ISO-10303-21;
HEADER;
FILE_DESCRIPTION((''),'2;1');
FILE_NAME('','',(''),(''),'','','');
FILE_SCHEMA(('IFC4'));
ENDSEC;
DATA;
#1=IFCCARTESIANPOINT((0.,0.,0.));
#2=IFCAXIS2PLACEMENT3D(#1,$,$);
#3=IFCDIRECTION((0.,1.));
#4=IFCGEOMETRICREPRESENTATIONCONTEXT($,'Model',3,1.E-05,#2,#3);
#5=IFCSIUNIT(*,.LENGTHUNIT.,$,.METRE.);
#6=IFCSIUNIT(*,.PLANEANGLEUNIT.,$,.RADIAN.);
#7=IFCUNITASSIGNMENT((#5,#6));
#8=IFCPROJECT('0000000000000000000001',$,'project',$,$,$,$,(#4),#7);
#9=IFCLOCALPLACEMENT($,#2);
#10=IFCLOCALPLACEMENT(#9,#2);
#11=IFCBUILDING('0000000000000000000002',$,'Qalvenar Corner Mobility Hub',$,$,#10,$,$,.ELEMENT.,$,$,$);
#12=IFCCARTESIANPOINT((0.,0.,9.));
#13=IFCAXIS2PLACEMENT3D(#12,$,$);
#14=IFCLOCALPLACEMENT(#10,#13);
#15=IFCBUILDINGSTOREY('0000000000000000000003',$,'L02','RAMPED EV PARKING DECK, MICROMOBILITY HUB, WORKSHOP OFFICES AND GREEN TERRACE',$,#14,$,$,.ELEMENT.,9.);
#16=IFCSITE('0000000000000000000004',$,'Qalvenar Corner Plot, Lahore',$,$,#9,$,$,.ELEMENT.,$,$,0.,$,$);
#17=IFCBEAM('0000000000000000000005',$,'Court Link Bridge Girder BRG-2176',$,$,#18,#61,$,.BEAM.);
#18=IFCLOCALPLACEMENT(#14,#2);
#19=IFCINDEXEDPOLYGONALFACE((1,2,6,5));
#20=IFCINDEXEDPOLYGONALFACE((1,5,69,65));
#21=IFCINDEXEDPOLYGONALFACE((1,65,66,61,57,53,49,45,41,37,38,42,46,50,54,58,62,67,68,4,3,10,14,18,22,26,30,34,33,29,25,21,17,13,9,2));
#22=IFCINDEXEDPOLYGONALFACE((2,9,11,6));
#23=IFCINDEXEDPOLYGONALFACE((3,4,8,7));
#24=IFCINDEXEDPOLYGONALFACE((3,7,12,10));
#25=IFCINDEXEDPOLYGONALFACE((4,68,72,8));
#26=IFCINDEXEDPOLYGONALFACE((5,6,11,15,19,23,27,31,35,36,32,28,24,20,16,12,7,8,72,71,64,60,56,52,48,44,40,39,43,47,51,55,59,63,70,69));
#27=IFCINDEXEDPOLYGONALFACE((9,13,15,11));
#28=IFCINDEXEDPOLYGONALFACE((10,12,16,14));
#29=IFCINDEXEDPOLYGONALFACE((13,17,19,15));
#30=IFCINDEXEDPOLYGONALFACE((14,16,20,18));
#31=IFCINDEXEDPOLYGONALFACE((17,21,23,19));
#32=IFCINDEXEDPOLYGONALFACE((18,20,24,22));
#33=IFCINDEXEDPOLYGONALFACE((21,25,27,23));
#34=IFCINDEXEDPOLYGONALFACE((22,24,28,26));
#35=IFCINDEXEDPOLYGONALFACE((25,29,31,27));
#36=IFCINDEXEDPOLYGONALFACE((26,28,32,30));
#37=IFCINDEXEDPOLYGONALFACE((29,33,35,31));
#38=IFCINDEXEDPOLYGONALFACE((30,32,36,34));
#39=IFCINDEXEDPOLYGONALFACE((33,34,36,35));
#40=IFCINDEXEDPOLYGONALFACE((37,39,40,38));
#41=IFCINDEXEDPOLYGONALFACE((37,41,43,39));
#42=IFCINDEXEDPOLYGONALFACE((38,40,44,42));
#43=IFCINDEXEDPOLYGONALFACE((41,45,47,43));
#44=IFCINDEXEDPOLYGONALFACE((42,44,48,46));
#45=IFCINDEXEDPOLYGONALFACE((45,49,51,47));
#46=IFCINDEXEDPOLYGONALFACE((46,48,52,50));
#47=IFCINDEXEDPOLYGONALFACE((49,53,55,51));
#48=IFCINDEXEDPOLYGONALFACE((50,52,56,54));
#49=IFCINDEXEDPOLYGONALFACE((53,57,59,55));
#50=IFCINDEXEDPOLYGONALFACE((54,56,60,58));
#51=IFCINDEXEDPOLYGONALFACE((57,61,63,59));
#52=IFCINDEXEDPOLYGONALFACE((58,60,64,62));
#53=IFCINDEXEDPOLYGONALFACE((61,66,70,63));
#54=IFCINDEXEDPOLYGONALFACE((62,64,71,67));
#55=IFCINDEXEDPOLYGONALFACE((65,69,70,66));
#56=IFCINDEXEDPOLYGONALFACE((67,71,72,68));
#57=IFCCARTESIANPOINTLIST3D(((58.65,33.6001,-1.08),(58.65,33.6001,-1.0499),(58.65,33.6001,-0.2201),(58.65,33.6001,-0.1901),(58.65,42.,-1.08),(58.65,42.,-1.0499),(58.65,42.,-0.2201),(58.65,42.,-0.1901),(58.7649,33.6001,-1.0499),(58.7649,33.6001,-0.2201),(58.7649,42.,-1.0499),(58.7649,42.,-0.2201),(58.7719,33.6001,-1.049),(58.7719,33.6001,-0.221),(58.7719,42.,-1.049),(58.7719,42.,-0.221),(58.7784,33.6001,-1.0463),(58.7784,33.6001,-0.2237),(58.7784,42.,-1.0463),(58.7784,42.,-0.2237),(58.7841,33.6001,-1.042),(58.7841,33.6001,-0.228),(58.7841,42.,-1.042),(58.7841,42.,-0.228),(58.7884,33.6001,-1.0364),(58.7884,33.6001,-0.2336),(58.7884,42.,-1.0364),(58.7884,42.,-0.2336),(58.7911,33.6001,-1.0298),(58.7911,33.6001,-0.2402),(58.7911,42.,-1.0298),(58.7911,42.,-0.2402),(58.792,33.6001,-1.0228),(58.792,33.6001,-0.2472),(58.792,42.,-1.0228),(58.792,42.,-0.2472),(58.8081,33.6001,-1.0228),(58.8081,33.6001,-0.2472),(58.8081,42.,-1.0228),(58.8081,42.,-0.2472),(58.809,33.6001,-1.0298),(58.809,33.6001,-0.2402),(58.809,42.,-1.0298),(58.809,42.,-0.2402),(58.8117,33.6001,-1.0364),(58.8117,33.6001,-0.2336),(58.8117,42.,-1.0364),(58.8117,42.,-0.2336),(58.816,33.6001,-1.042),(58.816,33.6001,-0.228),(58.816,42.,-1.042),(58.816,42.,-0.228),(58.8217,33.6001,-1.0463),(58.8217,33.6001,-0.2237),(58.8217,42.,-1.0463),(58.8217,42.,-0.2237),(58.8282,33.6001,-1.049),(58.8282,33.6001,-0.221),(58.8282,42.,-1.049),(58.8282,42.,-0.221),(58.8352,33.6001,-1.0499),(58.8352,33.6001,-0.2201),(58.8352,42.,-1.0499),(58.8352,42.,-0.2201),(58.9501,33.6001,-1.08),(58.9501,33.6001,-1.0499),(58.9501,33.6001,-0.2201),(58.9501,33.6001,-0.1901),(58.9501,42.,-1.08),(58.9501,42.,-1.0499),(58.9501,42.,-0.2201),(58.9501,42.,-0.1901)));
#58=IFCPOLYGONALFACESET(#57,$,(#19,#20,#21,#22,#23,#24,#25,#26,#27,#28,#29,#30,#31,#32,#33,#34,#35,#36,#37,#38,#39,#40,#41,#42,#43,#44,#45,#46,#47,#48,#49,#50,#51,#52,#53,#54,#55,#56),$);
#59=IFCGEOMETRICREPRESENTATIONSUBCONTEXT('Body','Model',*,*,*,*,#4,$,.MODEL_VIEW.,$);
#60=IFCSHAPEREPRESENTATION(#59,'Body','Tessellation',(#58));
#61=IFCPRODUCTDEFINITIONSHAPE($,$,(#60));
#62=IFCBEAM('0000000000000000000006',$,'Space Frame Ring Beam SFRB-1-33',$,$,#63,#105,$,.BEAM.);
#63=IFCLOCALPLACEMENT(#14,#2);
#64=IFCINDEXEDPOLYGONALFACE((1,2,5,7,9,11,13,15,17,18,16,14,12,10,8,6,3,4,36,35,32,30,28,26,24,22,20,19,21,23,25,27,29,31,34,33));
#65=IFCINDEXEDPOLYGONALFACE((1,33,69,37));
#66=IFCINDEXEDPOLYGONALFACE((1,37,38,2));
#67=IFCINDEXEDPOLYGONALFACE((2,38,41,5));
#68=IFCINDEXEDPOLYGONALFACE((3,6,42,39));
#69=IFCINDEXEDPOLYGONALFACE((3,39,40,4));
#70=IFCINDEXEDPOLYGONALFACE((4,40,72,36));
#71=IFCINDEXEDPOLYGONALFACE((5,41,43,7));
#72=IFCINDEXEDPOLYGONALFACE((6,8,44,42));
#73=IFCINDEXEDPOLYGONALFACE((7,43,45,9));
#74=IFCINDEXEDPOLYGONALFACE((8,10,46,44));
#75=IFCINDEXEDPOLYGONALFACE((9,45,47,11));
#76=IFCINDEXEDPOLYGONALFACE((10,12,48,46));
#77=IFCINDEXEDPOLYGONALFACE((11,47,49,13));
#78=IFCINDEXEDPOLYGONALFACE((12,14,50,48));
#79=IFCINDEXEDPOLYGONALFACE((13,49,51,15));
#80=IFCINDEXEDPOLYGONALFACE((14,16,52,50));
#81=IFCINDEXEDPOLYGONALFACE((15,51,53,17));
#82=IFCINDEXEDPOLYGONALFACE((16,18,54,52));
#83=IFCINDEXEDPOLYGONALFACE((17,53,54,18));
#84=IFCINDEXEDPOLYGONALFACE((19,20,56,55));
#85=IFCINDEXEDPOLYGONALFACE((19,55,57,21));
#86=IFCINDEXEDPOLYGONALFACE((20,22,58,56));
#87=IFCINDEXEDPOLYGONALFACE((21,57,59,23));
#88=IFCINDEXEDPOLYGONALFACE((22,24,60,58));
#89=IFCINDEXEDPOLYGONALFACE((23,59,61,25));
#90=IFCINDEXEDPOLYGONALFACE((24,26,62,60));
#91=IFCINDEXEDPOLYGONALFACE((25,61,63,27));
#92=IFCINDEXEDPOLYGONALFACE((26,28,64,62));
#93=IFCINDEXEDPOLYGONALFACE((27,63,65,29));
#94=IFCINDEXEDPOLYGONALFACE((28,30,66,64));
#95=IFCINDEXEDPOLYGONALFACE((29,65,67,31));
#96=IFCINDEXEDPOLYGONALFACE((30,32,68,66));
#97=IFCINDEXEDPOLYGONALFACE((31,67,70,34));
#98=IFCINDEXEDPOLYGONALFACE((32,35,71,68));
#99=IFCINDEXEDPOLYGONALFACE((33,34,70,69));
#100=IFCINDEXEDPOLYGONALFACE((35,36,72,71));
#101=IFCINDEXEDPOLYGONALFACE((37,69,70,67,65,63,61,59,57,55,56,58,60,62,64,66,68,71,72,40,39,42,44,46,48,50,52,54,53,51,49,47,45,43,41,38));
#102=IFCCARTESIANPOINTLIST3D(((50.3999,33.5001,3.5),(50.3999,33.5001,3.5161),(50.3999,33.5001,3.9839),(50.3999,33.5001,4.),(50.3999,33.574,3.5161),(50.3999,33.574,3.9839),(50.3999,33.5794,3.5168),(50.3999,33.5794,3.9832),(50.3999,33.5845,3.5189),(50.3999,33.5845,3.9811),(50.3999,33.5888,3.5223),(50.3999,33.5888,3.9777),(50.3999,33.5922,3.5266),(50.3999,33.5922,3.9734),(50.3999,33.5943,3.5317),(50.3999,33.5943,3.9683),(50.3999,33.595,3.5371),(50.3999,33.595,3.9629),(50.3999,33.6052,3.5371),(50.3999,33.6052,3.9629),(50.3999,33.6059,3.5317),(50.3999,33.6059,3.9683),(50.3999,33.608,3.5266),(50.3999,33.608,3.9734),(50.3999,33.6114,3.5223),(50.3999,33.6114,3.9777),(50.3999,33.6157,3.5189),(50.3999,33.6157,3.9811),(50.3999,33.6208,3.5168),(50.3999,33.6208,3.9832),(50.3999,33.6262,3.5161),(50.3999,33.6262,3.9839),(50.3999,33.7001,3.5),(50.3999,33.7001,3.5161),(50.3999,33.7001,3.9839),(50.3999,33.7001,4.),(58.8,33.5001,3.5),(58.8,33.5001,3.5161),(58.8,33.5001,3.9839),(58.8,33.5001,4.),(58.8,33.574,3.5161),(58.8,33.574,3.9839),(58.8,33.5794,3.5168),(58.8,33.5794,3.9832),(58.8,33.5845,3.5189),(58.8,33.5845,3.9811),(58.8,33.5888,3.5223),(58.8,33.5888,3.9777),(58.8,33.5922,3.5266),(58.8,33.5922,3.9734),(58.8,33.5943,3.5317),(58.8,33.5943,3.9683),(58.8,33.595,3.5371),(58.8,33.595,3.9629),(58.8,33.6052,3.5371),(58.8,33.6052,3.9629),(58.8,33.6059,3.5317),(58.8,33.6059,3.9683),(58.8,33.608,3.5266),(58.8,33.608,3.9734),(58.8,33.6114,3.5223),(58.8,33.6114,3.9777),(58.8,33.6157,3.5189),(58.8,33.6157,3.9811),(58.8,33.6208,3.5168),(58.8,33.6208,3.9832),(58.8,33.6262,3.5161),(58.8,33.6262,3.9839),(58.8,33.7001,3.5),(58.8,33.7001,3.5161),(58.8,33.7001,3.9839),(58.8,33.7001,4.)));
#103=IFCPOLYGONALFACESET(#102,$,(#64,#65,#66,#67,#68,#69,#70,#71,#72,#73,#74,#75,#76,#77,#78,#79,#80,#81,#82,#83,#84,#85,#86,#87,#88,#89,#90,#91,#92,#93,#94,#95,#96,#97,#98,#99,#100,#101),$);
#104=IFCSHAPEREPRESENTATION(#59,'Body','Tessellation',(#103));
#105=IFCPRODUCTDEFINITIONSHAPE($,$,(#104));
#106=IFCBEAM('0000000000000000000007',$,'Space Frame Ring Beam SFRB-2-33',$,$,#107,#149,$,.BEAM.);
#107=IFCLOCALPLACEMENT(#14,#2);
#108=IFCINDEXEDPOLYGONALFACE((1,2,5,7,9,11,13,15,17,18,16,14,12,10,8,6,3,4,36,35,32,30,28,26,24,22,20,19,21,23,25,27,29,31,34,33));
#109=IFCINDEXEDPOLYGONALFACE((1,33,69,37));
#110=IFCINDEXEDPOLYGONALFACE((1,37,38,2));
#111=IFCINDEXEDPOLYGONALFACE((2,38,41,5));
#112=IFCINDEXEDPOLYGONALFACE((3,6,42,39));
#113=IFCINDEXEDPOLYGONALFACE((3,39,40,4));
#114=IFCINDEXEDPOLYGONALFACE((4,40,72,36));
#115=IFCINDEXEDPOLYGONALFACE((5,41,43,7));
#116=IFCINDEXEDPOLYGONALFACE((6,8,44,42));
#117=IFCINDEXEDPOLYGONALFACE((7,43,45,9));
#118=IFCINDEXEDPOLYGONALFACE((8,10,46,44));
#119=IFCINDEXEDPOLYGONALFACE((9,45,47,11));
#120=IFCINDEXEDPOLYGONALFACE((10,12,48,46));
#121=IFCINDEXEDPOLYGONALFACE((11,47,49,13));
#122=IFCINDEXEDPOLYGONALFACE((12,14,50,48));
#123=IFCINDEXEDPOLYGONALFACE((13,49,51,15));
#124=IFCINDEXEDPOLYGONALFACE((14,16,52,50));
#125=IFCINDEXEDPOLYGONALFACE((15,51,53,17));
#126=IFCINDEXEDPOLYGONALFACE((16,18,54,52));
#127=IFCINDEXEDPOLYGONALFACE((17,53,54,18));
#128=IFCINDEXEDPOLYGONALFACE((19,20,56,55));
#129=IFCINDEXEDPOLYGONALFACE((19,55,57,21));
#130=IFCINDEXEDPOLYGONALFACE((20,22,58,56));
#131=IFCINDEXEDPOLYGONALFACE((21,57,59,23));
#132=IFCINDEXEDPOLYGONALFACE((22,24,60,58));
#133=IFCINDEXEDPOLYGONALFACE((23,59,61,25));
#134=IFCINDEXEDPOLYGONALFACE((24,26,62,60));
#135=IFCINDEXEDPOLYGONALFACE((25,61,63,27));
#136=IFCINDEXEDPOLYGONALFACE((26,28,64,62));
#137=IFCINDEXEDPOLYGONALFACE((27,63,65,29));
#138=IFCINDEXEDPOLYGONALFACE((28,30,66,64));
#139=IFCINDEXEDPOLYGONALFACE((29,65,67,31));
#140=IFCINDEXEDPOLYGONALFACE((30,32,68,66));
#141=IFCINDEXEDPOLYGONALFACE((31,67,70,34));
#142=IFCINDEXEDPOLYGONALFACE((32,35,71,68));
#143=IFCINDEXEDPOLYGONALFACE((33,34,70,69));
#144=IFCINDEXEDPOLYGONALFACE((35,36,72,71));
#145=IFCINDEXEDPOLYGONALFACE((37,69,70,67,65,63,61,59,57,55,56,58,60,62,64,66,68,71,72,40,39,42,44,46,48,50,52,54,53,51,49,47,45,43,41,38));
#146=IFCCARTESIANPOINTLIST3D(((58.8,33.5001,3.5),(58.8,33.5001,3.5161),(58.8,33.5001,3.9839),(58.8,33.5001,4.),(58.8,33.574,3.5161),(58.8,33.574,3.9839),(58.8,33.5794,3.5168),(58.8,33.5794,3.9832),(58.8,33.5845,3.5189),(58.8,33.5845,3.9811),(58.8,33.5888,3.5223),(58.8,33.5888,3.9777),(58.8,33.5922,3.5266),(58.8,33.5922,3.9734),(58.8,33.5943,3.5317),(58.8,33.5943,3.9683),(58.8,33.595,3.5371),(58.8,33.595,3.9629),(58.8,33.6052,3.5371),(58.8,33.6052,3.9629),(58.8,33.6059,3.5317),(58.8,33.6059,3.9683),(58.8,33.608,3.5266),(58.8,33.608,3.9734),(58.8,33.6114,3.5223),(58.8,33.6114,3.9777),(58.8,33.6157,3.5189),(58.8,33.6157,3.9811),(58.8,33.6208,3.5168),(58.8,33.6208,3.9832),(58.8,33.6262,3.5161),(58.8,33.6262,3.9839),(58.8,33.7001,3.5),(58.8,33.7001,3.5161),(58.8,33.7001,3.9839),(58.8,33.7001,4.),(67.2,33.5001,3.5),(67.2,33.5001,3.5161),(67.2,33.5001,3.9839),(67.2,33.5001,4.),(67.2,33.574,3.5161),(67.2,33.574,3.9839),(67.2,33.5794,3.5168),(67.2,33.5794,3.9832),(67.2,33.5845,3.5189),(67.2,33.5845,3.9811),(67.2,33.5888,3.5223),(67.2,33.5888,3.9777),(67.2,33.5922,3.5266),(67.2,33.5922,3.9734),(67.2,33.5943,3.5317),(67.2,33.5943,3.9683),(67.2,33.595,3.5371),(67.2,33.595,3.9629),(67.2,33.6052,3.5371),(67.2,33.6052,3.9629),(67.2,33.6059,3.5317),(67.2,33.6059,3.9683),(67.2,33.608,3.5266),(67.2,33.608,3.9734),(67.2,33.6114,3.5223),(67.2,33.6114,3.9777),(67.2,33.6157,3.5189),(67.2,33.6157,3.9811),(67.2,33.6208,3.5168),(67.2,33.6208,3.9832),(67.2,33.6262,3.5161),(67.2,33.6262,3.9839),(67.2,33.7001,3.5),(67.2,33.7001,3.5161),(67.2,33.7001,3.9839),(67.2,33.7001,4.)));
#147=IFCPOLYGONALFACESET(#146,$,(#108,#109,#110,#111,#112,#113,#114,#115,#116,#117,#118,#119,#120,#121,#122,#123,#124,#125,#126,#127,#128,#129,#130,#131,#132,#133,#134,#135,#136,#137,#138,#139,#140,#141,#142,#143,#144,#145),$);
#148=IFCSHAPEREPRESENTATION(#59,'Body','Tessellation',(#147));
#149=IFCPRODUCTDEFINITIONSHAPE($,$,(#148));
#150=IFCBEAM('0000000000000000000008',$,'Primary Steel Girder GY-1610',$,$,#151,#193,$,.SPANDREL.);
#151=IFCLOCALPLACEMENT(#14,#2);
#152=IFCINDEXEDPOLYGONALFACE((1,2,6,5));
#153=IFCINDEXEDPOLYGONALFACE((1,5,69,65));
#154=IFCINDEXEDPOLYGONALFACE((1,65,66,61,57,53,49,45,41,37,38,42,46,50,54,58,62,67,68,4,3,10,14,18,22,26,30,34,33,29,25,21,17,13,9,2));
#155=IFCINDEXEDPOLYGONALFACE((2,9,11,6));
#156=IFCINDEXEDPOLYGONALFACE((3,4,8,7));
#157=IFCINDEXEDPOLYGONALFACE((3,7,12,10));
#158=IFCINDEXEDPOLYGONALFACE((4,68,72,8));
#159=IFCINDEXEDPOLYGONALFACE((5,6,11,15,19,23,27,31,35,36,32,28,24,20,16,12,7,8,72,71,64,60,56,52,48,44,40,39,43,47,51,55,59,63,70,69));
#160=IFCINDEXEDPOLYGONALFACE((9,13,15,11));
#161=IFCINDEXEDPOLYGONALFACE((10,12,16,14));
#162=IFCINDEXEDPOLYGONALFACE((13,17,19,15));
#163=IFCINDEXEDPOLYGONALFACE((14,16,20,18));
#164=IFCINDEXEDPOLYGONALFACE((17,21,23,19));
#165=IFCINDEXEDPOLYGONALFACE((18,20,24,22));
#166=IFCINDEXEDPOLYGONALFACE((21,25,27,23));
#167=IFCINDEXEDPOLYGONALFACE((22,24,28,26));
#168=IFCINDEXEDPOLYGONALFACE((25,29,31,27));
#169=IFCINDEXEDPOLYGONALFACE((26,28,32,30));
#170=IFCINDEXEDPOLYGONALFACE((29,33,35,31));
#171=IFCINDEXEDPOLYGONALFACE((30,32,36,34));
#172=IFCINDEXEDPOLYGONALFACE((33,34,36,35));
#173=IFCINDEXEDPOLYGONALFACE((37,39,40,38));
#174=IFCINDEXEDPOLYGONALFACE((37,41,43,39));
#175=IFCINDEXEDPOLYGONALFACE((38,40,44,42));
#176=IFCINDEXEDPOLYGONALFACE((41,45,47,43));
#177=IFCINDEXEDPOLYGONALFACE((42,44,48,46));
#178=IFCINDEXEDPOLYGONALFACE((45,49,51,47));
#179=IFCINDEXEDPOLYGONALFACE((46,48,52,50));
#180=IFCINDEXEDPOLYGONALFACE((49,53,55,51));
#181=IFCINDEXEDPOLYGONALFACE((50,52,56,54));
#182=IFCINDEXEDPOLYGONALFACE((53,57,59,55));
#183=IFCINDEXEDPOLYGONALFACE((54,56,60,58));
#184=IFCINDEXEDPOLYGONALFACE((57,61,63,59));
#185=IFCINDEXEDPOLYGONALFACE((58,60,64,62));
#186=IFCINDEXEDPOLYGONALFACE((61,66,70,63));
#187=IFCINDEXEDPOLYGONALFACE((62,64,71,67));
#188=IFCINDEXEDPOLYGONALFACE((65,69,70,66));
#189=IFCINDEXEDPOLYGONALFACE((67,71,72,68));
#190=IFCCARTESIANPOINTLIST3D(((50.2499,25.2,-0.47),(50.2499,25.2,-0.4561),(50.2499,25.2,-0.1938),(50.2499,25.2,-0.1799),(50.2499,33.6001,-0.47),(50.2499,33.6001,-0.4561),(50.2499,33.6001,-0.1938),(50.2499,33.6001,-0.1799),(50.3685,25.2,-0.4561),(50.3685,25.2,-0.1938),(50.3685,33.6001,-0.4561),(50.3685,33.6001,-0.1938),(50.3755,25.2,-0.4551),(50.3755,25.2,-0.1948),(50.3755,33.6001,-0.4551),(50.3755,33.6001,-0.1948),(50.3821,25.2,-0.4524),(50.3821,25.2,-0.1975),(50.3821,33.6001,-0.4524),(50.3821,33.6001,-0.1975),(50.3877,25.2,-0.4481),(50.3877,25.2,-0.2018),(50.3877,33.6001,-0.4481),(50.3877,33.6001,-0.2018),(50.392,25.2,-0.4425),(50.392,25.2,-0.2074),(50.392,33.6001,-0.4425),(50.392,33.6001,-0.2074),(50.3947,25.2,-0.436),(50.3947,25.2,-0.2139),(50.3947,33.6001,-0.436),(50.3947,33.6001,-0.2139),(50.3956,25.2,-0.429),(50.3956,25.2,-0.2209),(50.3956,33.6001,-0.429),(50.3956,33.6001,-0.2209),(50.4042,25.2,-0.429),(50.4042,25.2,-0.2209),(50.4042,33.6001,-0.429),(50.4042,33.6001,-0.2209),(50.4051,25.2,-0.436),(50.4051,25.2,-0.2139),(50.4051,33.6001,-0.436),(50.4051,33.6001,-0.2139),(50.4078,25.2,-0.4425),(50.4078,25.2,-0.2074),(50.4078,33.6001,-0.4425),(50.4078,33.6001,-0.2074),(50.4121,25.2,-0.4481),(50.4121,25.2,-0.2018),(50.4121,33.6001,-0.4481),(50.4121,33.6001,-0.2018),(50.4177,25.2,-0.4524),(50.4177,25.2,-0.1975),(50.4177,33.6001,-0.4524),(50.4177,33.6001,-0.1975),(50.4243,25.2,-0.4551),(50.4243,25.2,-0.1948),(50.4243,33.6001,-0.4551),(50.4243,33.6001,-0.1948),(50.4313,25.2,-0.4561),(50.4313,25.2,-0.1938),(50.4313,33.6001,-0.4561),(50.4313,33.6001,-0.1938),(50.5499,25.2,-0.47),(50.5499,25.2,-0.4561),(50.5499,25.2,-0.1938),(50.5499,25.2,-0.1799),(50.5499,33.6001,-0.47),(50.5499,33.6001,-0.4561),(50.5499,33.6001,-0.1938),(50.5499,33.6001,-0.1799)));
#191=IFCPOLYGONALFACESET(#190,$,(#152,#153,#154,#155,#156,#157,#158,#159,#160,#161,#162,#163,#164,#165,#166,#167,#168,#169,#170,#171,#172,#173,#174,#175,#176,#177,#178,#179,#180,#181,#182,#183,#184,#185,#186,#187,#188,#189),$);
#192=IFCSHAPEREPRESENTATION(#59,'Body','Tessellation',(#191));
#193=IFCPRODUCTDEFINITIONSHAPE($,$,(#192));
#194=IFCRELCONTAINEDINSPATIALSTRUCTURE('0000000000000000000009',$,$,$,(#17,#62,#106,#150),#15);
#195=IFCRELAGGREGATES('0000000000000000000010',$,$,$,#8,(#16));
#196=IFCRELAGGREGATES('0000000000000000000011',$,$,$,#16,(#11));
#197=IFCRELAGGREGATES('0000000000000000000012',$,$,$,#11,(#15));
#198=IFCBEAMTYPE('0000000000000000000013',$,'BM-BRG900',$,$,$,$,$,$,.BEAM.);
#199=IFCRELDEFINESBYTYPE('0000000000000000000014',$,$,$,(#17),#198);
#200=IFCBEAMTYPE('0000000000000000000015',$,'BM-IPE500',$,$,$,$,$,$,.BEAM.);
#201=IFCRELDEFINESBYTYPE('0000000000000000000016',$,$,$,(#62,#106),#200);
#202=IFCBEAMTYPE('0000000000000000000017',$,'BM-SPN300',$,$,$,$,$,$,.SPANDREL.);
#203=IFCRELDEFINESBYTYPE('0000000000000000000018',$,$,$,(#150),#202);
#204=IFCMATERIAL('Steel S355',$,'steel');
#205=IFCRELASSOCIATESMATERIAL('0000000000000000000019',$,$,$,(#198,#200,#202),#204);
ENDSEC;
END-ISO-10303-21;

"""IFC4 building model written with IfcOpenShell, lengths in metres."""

from ifc_helpers import new_model, si_unit, direction, frame, origin, origin_2d, place, context, subcontext, project, spatial, i_section, extrude, material, material_profile, profile_set, type_object, element, save


model = new_model("IFC4")

# Units and contexts
model_context = context("Model", 3, precision=1e-05, world=origin(), true_north=direction((0.0, 1.0)))
body_context = subcontext(model_context, "Body", "Model", "MODEL_VIEW")
ifc_project = project(units=[si_unit("LENGTHUNIT", "METRE"), si_unit("PLANEANGLEUNIT", "RADIAN")], contexts=[model_context])

# Site, building, storey
site_placement = place(None, origin())
site = spatial("IfcSite", under=ifc_project, at=site_placement, Name="Qalvenar Corner Plot, Lahore", CompositionType="ELEMENT", RefElevation=0.0)
building_placement = place(site_placement, origin())
building = spatial("IfcBuilding", under=site, at=building_placement, Name="Qalvenar Corner Mobility Hub", CompositionType="ELEMENT")
storey_placement = place(building_placement, frame((0.0, 0.0, 9.0)))
storey = spatial("IfcBuildingStorey", under=building, at=storey_placement, Name="L02", Description="RAMPED EV PARKING DECK, MICROMOBILITY HUB, WORKSHOP OFFICES AND GREEN TERRACE", CompositionType="ELEMENT", Elevation=9.0)

# Shared definitions
ifc_material_1 = material(Name="Steel S355", Category="steel")

# Beams
ifc_material_profile_1 = material_profile(ifc_material_1, i_section(OverallWidth=0.3, OverallDepth=0.8899, WebThickness=0.0161, FlangeThickness=0.03, FilletRadius=0.0271, at=origin_2d()), Name="HEA900")
ifc_profile_set_1 = profile_set([ifc_material_profile_1], Name="Steel S355")
beam_type_1 = type_object("IfcBeamType", Name="BM-BRG900", PredefinedType="BEAM", material=ifc_profile_set_1)
beam_1_placement = place(storey_placement, frame((58.8, 33.6001, -0.635), z_axis=(0.0, 1.0, 0.0), x_axis=(-1.0, 0.0, 0.0)))
element("IfcBeam", 1, at=beam_1_placement, inside=storey, type_object=beam_type_1, Name="Court Link Bridge Girder BRG-2176", PredefinedType="BEAM", context=body_context, shape_type="SweptSolid", body=[
    extrude(i_section(OverallWidth=0.3, OverallDepth=0.8899, WebThickness=0.0161, FlangeThickness=0.03, FilletRadius=0.0271, at=origin_2d()), origin(), (0.0, 0.0, 1.0), 8.3999),
])
ifc_material_profile_2 = material_profile(ifc_material_1, i_section(OverallWidth=0.2, OverallDepth=0.5, WebThickness=0.0103, FlangeThickness=0.0161, FilletRadius=0.021, at=origin_2d()), Name="IPE500")
ifc_profile_set_2 = profile_set([ifc_material_profile_2], Name="Steel S355")
beam_type_2 = type_object("IfcBeamType", Name="BM-IPE500", PredefinedType="BEAM", material=ifc_profile_set_2)
beam_2_placement = place(storey_placement, frame((50.3999, 33.6001, 3.75), z_axis=(1.0, 0.0, 0.0), x_axis=(0.0, 1.0, 0.0)))
element("IfcBeam", 2, at=beam_2_placement, inside=storey, type_object=beam_type_2, Name="Space Frame Ring Beam SFRB-1-33", PredefinedType="BEAM", context=body_context, shape_type="SweptSolid", body=[
    extrude(i_section(OverallWidth=0.2, OverallDepth=0.5, WebThickness=0.0103, FlangeThickness=0.0161, FilletRadius=0.021, at=origin_2d()), origin(), (0.0, 0.0, 1.0), 8.4001),
])
beam_3_placement = place(storey_placement, frame((58.8, 33.6001, 3.75), z_axis=(1.0, 0.0, 0.0), x_axis=(0.0, 1.0, 0.0)))
element("IfcBeam", 3, at=beam_3_placement, inside=storey, type_object=beam_type_2, Name="Space Frame Ring Beam SFRB-2-33", PredefinedType="BEAM", context=body_context, shape_type="SweptSolid", body=[
    extrude(i_section(OverallWidth=0.2, OverallDepth=0.5, WebThickness=0.0103, FlangeThickness=0.0161, FilletRadius=0.021, at=origin_2d()), origin(), (0.0, 0.0, 1.0), 8.3999),
])
ifc_material_profile_3 = material_profile(ifc_material_1, i_section(OverallWidth=0.3, OverallDepth=0.29, WebThickness=0.0085, FlangeThickness=0.0139, FilletRadius=0.0271, at=origin_2d()), Name="HEA300")
ifc_profile_set_3 = profile_set([ifc_material_profile_3], Name="Steel S355")
beam_type_3 = type_object("IfcBeamType", Name="BM-SPN300", PredefinedType="SPANDREL", material=ifc_profile_set_3)
beam_4_placement = place(storey_placement, frame((50.3999, 25.2, -0.325), z_axis=(0.0, 1.0, 0.0), x_axis=(-1.0, 0.0, 0.0)))
element("IfcBeam", 4, at=beam_4_placement, inside=storey, type_object=beam_type_3, Name="Primary Steel Girder GY-1610", PredefinedType="SPANDREL", context=body_context, shape_type="SweptSolid", body=[
    extrude(i_section(OverallWidth=0.3, OverallDepth=0.29, WebThickness=0.0085, FlangeThickness=0.0139, FilletRadius=0.0271, at=origin_2d()), origin(), (0.0, 0.0, 1.0), 8.4001),
])

save(model, "model.ifc")
